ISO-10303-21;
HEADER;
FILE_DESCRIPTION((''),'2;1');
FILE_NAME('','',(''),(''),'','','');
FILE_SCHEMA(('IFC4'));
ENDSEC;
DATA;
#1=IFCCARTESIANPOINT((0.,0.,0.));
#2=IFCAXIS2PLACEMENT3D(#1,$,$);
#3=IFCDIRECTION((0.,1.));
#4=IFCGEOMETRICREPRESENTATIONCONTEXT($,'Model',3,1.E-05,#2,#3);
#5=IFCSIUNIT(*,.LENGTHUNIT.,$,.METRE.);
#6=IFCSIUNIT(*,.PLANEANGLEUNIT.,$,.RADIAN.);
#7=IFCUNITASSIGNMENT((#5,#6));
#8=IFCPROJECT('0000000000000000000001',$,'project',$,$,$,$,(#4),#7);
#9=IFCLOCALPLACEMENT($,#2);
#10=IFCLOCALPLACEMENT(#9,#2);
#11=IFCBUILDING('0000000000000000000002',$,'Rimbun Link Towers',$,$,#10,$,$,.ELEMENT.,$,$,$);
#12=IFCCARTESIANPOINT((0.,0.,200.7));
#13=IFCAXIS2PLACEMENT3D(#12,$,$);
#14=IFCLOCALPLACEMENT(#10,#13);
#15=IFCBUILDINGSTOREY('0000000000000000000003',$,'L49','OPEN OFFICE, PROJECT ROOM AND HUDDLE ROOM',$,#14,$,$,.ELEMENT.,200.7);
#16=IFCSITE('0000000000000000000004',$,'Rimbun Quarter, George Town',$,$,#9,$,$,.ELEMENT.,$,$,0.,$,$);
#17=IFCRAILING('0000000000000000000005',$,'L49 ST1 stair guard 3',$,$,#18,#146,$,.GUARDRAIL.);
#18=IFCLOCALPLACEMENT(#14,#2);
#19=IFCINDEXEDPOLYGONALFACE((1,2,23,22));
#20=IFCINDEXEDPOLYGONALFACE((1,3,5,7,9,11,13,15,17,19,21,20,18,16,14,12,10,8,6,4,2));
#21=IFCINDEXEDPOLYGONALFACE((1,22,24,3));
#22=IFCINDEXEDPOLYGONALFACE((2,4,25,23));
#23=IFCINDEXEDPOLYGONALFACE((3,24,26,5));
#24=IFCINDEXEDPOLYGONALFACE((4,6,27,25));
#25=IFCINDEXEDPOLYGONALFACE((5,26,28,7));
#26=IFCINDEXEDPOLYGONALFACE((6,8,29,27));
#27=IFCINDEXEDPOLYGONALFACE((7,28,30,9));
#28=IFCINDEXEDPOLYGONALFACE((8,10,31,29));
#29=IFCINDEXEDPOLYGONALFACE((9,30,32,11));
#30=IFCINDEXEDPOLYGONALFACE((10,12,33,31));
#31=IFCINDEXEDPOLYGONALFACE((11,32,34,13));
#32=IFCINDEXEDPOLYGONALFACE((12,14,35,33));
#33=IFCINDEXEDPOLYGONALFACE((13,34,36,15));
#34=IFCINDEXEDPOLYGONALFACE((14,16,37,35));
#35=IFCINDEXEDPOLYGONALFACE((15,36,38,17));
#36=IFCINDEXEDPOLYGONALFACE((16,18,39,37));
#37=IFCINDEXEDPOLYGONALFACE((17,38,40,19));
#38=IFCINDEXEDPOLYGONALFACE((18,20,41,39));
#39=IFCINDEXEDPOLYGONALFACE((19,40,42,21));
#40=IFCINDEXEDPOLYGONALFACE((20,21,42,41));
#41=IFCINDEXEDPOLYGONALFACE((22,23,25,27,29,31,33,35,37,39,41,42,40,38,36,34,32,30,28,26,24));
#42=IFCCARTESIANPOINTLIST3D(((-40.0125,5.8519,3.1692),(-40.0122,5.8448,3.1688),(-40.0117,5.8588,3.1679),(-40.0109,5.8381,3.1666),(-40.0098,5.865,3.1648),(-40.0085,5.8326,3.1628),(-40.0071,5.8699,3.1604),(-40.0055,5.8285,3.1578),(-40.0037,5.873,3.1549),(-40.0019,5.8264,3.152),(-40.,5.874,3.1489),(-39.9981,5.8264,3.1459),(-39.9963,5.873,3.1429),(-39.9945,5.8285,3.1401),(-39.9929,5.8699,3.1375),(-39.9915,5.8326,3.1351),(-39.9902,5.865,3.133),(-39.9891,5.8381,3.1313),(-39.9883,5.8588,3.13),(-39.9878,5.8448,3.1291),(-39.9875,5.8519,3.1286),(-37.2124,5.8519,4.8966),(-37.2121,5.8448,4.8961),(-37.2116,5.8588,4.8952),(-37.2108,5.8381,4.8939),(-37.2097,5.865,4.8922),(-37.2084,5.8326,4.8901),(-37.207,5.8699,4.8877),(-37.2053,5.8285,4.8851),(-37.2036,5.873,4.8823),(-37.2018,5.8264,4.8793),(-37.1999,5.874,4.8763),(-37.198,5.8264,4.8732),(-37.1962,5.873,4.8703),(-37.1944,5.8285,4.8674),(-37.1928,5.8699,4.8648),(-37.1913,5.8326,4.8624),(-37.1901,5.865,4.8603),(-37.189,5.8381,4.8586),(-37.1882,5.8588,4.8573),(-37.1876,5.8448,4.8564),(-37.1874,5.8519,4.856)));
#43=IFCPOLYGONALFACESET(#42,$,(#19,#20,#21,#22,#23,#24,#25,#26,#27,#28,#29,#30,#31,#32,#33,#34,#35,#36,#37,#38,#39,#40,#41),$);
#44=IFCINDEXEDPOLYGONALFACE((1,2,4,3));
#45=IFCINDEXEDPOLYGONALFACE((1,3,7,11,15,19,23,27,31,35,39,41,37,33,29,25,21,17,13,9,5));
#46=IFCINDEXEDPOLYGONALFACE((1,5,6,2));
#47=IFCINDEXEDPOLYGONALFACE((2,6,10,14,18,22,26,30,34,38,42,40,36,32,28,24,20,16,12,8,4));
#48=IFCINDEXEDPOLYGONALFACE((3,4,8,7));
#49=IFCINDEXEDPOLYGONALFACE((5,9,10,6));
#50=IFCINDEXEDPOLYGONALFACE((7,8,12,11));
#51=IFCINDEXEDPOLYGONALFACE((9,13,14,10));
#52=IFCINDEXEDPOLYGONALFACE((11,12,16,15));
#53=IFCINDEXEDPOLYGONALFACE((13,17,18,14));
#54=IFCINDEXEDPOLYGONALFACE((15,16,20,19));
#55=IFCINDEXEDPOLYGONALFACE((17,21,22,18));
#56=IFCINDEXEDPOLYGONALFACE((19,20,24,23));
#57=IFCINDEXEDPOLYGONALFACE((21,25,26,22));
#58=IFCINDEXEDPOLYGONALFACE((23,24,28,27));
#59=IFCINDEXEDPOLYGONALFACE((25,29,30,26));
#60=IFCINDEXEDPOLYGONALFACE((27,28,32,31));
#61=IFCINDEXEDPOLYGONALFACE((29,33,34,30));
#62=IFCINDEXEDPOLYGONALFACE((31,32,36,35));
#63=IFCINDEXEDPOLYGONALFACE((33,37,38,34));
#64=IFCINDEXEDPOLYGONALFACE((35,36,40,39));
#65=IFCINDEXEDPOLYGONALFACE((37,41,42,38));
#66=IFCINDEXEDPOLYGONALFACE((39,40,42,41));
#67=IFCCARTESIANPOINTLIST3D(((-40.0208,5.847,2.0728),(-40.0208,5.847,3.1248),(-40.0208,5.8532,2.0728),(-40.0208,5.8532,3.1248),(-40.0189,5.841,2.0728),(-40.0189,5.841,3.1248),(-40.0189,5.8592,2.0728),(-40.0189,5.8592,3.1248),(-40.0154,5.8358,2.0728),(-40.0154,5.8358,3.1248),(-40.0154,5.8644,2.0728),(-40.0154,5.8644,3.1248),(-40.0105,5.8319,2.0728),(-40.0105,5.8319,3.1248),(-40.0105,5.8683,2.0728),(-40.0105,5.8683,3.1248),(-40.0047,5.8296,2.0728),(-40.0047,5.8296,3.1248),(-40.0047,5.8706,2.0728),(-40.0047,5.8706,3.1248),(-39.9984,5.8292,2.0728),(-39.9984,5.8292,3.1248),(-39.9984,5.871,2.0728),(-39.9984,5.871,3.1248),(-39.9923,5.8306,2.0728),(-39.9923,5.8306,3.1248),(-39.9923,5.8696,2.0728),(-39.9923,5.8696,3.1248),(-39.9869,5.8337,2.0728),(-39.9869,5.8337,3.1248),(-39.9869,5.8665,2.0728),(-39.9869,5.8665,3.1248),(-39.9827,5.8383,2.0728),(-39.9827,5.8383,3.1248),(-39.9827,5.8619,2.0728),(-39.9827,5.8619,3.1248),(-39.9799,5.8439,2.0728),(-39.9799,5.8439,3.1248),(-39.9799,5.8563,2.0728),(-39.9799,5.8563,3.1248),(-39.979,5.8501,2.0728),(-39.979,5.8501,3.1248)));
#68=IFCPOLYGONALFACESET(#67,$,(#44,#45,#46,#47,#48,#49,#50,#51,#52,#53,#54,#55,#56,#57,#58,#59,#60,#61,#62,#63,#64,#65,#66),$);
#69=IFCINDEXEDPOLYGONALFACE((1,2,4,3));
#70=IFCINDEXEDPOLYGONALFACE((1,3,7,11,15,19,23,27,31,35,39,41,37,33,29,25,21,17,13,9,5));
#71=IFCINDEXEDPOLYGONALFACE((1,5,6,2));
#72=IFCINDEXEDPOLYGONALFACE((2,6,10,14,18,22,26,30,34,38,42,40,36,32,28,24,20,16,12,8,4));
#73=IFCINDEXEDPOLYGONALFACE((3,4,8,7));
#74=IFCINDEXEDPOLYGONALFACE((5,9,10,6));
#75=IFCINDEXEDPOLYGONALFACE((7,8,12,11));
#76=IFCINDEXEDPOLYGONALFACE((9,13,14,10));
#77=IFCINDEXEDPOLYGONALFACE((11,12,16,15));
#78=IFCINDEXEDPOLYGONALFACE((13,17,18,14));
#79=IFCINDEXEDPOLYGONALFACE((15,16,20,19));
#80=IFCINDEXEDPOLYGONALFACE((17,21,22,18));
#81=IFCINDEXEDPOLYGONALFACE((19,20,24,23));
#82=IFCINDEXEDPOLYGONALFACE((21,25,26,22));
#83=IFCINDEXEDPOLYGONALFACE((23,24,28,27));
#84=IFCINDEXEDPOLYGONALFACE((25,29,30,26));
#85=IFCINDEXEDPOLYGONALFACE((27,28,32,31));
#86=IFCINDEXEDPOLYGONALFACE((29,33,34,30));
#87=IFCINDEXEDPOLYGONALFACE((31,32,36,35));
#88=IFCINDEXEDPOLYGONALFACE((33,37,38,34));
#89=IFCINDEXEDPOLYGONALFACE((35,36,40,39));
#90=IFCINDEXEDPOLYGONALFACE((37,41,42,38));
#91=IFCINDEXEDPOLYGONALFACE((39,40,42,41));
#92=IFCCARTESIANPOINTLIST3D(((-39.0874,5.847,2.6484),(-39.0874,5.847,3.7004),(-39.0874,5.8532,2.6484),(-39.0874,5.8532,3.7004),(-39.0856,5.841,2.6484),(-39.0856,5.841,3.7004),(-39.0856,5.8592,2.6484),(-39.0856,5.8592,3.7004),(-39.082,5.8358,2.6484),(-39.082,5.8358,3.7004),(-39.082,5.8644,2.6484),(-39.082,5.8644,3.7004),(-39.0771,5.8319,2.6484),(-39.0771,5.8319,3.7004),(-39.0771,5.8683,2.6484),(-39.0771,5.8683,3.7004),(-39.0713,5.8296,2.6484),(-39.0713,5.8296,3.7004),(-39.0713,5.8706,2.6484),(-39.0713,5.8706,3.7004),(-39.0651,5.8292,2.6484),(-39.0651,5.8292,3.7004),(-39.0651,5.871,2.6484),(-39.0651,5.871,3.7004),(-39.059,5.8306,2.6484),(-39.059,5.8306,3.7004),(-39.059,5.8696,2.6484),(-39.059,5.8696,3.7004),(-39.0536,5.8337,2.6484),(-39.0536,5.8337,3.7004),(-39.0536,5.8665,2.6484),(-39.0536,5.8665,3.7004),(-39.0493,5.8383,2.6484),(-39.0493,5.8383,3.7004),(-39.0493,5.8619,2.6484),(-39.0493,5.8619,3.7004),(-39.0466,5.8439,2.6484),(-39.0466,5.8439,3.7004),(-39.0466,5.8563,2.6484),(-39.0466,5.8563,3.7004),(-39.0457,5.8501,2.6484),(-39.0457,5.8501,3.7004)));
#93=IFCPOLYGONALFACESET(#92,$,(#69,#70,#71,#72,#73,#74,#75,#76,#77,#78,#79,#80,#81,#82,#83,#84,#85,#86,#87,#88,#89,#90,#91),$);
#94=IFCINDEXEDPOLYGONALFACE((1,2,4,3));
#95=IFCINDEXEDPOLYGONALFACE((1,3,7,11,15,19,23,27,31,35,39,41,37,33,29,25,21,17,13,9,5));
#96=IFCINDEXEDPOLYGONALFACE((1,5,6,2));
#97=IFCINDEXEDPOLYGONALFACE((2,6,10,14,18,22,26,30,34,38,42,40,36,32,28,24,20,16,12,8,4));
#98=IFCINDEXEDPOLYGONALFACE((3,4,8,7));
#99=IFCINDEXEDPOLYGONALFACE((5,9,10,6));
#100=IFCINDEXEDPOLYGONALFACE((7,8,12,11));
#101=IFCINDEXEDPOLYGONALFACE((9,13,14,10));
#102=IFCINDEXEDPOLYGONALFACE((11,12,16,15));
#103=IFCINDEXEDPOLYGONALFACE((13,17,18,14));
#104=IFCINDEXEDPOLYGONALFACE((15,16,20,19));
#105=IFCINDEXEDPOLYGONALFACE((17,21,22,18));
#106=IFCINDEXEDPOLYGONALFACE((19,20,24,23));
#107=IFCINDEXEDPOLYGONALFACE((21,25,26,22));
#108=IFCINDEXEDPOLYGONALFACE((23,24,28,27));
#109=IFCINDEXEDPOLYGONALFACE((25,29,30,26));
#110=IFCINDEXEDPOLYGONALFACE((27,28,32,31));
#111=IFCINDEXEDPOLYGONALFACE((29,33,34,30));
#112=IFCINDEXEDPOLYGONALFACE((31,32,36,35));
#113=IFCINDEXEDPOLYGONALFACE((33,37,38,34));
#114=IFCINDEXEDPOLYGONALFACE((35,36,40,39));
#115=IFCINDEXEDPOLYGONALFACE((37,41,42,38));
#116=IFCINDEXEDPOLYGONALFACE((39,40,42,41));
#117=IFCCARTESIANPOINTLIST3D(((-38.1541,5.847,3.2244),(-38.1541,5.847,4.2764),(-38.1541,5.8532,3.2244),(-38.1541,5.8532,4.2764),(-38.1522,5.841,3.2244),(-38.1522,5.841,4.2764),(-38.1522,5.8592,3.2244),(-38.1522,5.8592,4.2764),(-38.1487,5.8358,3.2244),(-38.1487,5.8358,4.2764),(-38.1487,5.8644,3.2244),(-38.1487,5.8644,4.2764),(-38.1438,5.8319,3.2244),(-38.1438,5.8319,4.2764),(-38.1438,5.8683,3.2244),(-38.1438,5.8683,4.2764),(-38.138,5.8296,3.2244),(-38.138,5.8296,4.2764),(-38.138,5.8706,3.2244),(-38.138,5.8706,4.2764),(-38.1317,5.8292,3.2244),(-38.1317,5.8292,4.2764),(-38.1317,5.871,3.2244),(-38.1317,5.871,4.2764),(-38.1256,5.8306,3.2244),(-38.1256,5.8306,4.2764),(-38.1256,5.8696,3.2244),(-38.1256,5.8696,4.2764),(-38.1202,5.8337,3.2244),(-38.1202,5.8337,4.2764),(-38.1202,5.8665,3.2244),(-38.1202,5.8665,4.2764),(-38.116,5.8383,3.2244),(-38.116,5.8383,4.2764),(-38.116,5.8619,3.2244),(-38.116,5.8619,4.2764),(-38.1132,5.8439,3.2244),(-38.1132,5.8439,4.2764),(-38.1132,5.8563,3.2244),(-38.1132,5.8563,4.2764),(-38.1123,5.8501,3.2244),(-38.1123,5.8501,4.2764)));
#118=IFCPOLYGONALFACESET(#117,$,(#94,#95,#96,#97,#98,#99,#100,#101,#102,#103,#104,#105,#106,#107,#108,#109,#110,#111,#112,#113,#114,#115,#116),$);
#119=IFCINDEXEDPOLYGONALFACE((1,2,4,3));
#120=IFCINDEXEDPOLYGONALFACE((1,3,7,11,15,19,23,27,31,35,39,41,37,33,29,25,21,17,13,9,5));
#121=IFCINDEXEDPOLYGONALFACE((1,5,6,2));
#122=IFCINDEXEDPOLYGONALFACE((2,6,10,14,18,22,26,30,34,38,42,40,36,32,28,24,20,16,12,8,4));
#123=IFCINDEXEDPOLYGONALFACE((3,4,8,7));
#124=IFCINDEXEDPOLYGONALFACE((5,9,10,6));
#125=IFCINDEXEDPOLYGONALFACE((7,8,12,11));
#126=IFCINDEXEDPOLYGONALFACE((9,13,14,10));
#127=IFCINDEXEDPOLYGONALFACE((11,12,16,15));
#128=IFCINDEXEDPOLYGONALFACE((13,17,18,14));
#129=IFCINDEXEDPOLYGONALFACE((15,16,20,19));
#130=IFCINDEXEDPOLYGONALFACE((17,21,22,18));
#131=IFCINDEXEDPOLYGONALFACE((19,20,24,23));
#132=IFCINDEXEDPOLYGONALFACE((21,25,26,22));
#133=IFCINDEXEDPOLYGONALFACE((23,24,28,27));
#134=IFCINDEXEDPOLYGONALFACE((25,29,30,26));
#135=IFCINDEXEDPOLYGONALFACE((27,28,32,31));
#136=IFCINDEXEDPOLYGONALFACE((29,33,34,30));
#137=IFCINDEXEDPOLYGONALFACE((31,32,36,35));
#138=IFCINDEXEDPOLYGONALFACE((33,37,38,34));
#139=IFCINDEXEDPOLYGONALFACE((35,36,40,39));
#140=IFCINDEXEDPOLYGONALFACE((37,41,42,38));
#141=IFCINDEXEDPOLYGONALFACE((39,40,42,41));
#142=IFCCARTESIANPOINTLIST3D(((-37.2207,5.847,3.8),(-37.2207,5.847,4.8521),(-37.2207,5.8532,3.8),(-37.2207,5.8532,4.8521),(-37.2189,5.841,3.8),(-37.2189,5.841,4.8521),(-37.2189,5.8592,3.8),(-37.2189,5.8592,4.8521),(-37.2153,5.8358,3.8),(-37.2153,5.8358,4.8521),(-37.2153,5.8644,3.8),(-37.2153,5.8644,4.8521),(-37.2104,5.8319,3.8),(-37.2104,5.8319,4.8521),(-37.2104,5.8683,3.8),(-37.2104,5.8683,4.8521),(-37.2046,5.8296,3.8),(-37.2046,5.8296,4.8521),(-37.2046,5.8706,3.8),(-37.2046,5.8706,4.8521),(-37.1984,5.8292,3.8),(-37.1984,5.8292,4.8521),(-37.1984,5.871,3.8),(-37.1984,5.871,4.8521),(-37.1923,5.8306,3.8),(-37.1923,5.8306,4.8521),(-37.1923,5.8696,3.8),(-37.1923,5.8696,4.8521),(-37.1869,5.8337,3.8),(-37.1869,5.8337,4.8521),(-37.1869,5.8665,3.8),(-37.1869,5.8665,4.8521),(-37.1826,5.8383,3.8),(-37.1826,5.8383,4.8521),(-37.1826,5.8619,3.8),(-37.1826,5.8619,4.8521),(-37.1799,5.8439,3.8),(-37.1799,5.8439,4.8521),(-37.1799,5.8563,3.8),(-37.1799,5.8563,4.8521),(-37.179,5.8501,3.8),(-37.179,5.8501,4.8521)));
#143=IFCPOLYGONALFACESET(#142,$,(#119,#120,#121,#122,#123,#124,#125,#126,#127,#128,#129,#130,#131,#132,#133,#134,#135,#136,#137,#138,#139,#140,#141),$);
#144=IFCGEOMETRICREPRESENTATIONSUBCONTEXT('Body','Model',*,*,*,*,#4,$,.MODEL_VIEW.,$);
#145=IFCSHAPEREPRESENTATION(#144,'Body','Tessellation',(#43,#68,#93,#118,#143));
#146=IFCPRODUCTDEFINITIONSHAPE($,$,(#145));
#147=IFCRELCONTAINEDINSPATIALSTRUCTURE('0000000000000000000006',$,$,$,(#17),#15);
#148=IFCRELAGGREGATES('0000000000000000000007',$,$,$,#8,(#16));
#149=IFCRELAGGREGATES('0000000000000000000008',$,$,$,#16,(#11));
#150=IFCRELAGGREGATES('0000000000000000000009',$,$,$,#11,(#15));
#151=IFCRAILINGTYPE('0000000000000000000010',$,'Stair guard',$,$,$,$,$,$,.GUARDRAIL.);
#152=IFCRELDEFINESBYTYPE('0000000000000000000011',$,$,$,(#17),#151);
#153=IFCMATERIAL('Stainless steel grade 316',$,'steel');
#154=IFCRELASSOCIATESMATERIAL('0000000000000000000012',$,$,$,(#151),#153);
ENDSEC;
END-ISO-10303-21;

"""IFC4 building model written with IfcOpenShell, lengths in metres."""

from ifc_helpers import new_model, si_unit, direction, frame, origin, origin_2d, place, context, subcontext, project, spatial, circle, extrude, material, type_object, element, save


model = new_model("IFC4")

# Units and contexts
model_context = context("Model", 3, precision=1e-05, world=origin(), true_north=direction((0.0, 1.0)))
body_context = subcontext(model_context, "Body", "Model", "MODEL_VIEW")
ifc_project = project(units=[si_unit("LENGTHUNIT", "METRE"), si_unit("PLANEANGLEUNIT", "RADIAN")], contexts=[model_context])

# Site, building, storey
site_placement = place(None, origin())
site = spatial("IfcSite", under=ifc_project, at=site_placement, Name="Rimbun Quarter, George Town", CompositionType="ELEMENT", RefElevation=0.0)
building_placement = place(site_placement, origin())
building = spatial("IfcBuilding", under=site, at=building_placement, Name="Rimbun Link Towers", CompositionType="ELEMENT")
storey_placement = place(building_placement, frame((0.0, 0.0, 200.7)))
storey = spatial("IfcBuildingStorey", under=building, at=storey_placement, Name="L49", Description="OPEN OFFICE, PROJECT ROOM AND HUDDLE ROOM", CompositionType="ELEMENT", Elevation=200.7)

# Railing
ifc_material_1 = material(Name="Stainless steel grade 316", Category="steel")
railing_type_1 = type_object("IfcRailingType", Name="Stair guard", PredefinedType="GUARDRAIL", material=ifc_material_1)
railing_1_placement = place(storey_placement, frame((-40.0, 5.8501, 2.0728)))
element("IfcRailing", 1, at=railing_1_placement, inside=storey, type_object=railing_type_1, Name="L49 ST1 stair guard 3", PredefinedType="GUARDRAIL", context=body_context, shape_type="SweptSolid", body=[
    extrude(circle(Radius=0.0239, at=origin_2d()), frame((0.0, 0.0, 1.0762), z_axis=(0.85109, 0.0, 0.52502), x_axis=(0.0, 1.0, 0.0)), (0.0, 0.0, 1.0), 3.29),
    extrude(circle(Radius=0.021, at=origin_2d()), origin(), (0.0, 0.0, 1.0), 1.052),
    extrude(circle(Radius=0.021, at=origin_2d()), frame((0.9333, 0.0, 0.5757)), (0.0, 0.0, 1.0), 1.052),
    extrude(circle(Radius=0.021, at=origin_2d()), frame((1.8667, 0.0, 1.1516)), (0.0, 0.0, 1.0), 1.052),
    extrude(circle(Radius=0.021, at=origin_2d()), frame((2.8, 0.0, 1.7273)), (0.0, 0.0, 1.0), 1.052),
])

save(model, "model.ifc")
